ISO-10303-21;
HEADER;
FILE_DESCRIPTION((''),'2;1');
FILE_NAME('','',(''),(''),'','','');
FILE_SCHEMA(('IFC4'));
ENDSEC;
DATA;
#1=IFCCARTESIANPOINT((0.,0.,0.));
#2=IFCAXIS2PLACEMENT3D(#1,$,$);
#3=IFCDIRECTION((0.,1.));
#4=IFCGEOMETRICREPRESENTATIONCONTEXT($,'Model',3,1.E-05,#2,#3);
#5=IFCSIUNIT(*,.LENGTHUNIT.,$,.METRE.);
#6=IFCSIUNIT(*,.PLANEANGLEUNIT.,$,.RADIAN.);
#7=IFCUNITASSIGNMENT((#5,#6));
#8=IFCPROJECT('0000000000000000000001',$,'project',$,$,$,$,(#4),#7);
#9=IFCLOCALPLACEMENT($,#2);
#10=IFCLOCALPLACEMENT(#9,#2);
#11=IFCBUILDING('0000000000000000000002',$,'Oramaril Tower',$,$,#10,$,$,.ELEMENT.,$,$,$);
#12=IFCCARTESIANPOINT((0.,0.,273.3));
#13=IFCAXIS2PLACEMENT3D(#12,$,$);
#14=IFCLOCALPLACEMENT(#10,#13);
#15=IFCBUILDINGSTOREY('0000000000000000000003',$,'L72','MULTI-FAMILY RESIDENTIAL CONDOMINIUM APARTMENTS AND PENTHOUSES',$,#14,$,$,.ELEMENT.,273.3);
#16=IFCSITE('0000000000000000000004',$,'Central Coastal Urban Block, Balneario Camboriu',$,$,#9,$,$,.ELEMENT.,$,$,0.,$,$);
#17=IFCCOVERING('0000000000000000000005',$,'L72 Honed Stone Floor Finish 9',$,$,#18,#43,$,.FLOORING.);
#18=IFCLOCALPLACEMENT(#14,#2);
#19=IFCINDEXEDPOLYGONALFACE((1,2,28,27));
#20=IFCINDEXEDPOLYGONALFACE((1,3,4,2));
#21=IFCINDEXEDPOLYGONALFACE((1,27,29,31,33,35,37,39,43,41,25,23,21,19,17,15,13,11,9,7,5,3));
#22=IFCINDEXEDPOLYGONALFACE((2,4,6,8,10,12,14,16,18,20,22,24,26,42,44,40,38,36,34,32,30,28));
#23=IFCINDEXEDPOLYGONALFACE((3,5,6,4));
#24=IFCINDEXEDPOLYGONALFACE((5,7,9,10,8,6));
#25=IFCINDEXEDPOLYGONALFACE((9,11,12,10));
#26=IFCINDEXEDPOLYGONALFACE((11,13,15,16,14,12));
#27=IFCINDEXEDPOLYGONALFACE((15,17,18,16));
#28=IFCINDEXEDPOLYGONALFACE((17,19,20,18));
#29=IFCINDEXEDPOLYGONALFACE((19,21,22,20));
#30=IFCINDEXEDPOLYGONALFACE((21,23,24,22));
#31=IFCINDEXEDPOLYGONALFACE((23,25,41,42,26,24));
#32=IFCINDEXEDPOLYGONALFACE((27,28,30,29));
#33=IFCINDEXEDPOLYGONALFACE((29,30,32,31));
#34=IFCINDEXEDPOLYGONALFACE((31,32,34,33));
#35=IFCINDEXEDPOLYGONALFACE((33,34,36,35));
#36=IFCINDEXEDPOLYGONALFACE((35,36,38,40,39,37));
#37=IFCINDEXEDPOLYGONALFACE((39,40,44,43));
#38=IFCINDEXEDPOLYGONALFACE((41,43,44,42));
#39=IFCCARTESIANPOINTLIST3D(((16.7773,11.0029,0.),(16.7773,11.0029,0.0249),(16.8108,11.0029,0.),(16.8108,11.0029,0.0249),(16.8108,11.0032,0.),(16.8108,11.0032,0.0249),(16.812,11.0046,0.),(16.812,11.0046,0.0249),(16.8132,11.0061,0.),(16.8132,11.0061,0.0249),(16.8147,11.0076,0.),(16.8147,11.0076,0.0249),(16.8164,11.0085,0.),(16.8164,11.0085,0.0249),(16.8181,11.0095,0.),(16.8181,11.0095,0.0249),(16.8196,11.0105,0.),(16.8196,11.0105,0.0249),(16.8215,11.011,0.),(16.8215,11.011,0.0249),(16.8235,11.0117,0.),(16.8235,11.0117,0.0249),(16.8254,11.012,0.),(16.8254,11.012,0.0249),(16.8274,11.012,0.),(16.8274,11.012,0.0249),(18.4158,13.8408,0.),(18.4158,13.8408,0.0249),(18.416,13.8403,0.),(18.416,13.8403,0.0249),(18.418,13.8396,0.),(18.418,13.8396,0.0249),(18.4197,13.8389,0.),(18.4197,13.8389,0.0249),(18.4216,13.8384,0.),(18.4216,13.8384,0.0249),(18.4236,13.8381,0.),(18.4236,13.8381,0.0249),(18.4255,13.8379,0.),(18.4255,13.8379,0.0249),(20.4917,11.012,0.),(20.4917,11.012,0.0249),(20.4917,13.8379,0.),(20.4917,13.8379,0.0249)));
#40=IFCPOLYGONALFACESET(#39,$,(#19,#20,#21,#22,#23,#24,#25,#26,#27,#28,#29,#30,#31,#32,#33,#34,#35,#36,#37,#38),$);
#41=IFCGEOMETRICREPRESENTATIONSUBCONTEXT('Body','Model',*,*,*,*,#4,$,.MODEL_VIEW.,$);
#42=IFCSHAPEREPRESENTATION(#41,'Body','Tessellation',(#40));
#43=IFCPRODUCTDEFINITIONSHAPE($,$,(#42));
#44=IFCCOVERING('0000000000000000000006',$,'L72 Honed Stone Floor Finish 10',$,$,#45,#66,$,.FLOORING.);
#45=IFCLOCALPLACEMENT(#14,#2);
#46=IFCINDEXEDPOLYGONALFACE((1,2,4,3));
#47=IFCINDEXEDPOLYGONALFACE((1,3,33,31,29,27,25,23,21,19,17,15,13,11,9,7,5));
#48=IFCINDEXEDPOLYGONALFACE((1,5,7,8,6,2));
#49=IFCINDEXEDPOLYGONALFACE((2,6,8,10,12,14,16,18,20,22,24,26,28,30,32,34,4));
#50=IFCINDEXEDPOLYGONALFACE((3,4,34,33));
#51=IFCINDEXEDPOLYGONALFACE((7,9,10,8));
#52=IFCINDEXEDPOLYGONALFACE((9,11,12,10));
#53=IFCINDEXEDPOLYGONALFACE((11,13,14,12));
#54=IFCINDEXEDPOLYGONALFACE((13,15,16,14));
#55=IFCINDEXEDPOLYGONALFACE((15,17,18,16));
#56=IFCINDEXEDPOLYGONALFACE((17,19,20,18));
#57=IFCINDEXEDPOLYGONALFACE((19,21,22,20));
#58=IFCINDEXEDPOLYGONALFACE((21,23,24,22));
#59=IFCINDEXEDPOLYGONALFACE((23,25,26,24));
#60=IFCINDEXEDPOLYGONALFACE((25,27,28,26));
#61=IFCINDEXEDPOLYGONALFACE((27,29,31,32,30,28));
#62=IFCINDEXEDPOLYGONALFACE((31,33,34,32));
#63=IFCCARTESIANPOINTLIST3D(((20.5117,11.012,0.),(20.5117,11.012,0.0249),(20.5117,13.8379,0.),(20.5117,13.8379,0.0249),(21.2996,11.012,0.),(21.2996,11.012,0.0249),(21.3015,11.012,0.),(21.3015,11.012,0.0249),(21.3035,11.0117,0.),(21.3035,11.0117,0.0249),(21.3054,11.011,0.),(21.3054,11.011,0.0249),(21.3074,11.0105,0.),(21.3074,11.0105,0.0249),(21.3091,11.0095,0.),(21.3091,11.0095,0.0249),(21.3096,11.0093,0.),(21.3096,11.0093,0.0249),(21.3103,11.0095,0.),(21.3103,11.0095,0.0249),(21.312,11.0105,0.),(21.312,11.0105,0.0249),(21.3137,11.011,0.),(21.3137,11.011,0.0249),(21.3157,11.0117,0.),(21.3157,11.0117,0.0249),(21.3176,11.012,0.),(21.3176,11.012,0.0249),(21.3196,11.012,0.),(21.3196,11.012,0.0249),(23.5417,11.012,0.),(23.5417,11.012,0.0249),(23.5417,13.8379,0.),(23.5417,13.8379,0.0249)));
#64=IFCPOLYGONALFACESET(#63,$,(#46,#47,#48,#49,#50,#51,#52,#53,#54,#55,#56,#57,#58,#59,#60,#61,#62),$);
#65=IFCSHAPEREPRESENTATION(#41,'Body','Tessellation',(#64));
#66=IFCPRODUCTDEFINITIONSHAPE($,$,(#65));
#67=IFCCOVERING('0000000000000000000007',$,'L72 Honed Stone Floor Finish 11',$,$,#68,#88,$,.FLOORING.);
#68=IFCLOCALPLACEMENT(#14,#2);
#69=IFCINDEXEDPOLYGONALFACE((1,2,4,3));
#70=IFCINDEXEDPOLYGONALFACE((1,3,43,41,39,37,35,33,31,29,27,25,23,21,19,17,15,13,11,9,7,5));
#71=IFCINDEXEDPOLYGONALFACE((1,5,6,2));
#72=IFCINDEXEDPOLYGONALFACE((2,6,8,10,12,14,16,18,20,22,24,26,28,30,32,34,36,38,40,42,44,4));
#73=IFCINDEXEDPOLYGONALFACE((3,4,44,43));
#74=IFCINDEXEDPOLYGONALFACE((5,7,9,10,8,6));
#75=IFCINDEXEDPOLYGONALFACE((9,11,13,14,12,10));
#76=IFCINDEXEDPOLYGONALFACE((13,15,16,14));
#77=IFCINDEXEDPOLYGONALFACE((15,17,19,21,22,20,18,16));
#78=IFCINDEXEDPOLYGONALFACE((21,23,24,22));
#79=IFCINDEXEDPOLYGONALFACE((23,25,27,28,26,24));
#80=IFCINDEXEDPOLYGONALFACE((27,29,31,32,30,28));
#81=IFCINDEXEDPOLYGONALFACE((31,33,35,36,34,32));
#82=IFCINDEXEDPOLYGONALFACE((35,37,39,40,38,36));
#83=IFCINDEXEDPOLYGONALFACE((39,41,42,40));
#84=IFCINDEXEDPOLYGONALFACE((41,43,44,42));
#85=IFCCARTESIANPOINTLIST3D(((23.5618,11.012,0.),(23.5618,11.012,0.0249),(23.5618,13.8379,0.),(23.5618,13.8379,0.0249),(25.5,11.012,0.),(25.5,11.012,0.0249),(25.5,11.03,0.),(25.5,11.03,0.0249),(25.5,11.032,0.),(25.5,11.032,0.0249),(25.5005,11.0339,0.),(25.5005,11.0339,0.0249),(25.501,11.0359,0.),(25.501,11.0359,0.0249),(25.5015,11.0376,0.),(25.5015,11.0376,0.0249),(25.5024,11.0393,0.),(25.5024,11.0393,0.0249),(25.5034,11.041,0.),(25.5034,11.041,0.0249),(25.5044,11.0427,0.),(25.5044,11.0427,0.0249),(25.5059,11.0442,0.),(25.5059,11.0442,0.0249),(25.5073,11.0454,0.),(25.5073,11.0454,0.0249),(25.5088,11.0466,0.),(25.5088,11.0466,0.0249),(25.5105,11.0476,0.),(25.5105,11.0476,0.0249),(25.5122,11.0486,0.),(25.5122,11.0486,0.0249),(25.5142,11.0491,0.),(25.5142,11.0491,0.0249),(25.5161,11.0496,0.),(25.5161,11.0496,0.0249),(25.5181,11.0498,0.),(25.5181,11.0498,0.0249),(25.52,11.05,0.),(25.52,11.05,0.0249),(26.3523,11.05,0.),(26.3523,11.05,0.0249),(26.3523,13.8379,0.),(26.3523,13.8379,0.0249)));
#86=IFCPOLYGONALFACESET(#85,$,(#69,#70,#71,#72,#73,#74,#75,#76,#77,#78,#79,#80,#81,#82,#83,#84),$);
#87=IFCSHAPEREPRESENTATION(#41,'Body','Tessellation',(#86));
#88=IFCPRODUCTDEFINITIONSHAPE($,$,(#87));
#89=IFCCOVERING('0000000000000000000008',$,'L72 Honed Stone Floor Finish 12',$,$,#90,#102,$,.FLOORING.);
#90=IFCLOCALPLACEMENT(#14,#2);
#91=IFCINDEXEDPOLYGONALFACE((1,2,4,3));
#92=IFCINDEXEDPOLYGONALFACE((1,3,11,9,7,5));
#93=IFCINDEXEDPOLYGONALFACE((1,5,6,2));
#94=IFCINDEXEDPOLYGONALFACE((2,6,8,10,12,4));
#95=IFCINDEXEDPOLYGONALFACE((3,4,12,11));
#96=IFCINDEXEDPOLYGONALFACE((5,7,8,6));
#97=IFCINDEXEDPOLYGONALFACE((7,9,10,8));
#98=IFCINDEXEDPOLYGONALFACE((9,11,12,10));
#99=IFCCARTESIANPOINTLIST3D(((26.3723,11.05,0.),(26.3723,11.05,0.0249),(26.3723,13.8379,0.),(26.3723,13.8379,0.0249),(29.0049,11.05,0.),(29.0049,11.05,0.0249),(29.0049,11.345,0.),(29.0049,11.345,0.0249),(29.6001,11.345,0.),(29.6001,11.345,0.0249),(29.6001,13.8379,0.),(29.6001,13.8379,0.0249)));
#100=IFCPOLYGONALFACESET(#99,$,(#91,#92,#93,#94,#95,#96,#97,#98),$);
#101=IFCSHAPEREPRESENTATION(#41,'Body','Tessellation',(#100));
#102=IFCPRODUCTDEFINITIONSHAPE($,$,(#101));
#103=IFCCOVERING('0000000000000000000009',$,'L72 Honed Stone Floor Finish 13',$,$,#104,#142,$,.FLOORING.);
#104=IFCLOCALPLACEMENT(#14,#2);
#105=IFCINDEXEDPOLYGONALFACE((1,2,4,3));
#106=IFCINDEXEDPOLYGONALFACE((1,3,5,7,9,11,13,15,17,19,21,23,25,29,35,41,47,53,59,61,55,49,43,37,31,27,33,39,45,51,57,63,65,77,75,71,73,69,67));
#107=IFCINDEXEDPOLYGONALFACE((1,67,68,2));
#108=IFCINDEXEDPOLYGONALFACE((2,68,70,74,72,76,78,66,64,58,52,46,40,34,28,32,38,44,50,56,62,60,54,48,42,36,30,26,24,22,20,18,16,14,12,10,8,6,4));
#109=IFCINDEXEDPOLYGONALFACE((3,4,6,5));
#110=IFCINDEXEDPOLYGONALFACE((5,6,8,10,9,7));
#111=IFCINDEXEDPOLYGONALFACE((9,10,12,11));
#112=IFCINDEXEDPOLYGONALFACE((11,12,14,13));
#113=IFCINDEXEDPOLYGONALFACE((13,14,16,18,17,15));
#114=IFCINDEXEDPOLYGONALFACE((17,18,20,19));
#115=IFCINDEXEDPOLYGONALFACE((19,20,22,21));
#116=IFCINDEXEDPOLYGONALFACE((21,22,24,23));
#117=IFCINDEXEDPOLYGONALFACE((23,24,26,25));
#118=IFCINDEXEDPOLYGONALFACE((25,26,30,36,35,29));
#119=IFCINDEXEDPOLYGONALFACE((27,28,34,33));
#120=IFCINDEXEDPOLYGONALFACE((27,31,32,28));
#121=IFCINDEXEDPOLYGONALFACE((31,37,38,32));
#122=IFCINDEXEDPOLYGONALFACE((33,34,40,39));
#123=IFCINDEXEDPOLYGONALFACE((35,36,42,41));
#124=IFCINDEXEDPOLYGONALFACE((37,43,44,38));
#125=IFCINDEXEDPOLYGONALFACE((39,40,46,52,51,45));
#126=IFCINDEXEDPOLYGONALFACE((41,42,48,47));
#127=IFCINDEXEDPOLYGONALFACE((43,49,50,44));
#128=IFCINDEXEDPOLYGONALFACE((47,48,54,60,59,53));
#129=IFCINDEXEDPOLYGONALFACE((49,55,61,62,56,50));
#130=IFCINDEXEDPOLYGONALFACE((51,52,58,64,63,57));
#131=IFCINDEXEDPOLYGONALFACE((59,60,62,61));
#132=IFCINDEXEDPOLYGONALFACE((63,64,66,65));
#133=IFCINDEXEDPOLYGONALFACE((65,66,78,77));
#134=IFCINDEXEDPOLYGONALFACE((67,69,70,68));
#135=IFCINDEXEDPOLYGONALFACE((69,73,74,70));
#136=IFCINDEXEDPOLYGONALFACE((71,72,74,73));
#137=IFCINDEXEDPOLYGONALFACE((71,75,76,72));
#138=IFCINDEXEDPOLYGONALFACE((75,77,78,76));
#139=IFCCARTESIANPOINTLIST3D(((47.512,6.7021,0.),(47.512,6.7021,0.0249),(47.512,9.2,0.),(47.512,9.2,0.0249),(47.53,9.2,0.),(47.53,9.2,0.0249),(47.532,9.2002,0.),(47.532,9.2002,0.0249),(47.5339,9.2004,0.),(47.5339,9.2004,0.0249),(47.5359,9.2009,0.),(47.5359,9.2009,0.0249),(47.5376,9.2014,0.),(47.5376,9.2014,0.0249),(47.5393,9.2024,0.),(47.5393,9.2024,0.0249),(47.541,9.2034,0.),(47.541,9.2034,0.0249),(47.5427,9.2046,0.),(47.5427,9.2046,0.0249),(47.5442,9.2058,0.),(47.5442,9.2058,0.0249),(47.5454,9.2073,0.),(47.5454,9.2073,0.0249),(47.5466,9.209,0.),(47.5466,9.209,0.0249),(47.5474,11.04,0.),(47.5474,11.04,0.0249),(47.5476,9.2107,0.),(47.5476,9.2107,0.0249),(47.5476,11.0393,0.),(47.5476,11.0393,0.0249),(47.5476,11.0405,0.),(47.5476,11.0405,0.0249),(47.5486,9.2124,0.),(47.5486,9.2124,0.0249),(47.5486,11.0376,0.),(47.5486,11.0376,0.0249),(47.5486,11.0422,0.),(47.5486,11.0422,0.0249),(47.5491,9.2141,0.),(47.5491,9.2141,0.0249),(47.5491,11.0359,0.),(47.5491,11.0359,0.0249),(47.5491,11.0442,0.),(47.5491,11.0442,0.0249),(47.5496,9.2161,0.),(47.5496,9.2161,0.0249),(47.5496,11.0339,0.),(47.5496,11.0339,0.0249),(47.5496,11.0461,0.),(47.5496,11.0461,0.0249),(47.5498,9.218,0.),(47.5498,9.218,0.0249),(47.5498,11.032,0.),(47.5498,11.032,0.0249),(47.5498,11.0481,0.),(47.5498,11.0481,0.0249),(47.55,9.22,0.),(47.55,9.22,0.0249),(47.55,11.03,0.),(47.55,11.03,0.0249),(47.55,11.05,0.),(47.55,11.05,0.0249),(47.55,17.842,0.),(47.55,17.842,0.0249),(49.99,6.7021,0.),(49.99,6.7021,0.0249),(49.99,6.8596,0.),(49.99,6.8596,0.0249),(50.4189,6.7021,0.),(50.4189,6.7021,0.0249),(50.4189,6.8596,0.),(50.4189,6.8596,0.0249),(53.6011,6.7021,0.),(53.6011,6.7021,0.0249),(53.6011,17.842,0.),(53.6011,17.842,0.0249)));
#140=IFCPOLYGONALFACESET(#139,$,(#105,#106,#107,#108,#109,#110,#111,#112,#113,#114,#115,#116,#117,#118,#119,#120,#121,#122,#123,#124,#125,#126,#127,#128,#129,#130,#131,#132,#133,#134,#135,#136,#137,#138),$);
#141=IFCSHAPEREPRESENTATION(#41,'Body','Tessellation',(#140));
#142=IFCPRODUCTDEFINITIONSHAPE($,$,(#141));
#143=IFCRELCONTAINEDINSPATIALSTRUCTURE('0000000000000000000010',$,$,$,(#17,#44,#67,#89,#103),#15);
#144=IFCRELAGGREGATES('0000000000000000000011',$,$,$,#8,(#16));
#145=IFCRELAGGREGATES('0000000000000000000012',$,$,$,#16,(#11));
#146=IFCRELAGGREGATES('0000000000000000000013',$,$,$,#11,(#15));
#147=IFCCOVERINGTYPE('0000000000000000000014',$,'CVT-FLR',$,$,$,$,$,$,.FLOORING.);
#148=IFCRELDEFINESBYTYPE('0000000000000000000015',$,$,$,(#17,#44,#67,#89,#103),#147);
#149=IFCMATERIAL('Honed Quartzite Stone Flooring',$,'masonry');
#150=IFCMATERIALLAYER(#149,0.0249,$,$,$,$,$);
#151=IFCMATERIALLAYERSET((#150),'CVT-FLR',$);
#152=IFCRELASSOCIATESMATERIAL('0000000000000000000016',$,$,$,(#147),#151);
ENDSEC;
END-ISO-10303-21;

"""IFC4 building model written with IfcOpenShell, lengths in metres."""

from ifc_helpers import new_model, si_unit, direction, frame, origin, place, context, subcontext, project, spatial, polyline, outline, extrude, material, layer, layer_set, type_object, element, save


model = new_model("IFC4")

# Units and contexts
model_context = context("Model", 3, precision=1e-05, world=origin(), true_north=direction((0.0, 1.0)))
body_context = subcontext(model_context, "Body", "Model", "MODEL_VIEW")
ifc_project = project(units=[si_unit("LENGTHUNIT", "METRE"), si_unit("PLANEANGLEUNIT", "RADIAN")], contexts=[model_context])

# Site, building, storey
site_placement = place(None, origin())
site = spatial("IfcSite", under=ifc_project, at=site_placement, Name="Central Coastal Urban Block, Balneario Camboriu", CompositionType="ELEMENT", RefElevation=0.0)
building_placement = place(site_placement, origin())
building = spatial("IfcBuilding", under=site, at=building_placement, Name="Oramaril Tower", CompositionType="ELEMENT")
storey_placement = place(building_placement, frame((0.0, 0.0, 273.3)))
storey = spatial("IfcBuildingStorey", under=building, at=storey_placement, Name="L72", Description="MULTI-FAMILY RESIDENTIAL CONDOMINIUM APARTMENTS AND PENTHOUSES", CompositionType="ELEMENT", Elevation=273.3)

# Coverings
ifc_material_1 = material(Name="Honed Quartzite Stone Flooring", Category="masonry")
ifc_layer_1 = layer(ifc_material_1, 0.0249)
ifc_layer_set_1 = layer_set([ifc_layer_1], Name="CVT-FLR")
covering_type_1 = type_object("IfcCoveringType", Name="CVT-FLR", PredefinedType="FLOORING", material=ifc_layer_set_1)
covering_1_placement = place(storey_placement, origin())
element("IfcCovering", 1, at=covering_1_placement, inside=storey, type_object=covering_type_1, Name="L72 Honed Stone Floor Finish 9", PredefinedType="FLOORING", context=body_context, shape_type="SweptSolid", body=[
    extrude(outline(polyline([(20.4917, 11.012), (16.8274, 11.012), (16.8254, 11.012), (16.8235, 11.0117), (16.8215, 11.011), (16.8196, 11.0105), (16.8181, 11.0095), (16.8164, 11.0085), (16.8147, 11.0076), (16.8132, 11.0061), (16.812, 11.0046), (16.8108, 11.0032), (16.8108, 11.0029), (16.7773, 11.0029), (18.4158, 13.8408), (18.416, 13.8403), (18.418, 13.8396), (18.4197, 13.8389), (18.4216, 13.8384), (18.4236, 13.8381), (18.4255, 13.8379), (20.4917, 13.8379), (20.4917, 11.012)])), origin(), (0.0, 0.0, 1.0), 0.0249),
])
covering_2_placement = place(storey_placement, origin())
element("IfcCovering", 2, at=covering_2_placement, inside=storey, type_object=covering_type_1, Name="L72 Honed Stone Floor Finish 10", PredefinedType="FLOORING", context=body_context, shape_type="SweptSolid", body=[
    extrude(outline(polyline([(23.5417, 11.012), (21.3196, 11.012), (21.3176, 11.012), (21.3157, 11.0117), (21.3137, 11.011), (21.312, 11.0105), (21.3103, 11.0095), (21.3096, 11.0093), (21.3091, 11.0095), (21.3074, 11.0105), (21.3054, 11.011), (21.3035, 11.0117), (21.3015, 11.012), (21.2996, 11.012), (20.5117, 11.012), (20.5117, 13.8379), (23.5417, 13.8379), (23.5417, 11.012)])), origin(), (0.0, 0.0, 1.0), 0.0249),
])
covering_3_placement = place(storey_placement, origin())
element("IfcCovering", 3, at=covering_3_placement, inside=storey, type_object=covering_type_1, Name="L72 Honed Stone Floor Finish 11", PredefinedType="FLOORING", context=body_context, shape_type="SweptSolid", body=[
    extrude(outline(polyline([(26.3523, 11.05), (25.52, 11.05), (25.5181, 11.0498), (25.5161, 11.0496), (25.5142, 11.0491), (25.5122, 11.0486), (25.5105, 11.0476), (25.5088, 11.0466), (25.5073, 11.0454), (25.5059, 11.0442), (25.5044, 11.0427), (25.5034, 11.041), (25.5024, 11.0393), (25.5015, 11.0376), (25.501, 11.0359), (25.5005, 11.0339), (25.5, 11.032), (25.5, 11.03), (25.5, 11.012), (23.5618, 11.012), (23.5618, 13.8379), (26.3523, 13.8379), (26.3523, 11.05)])), origin(), (0.0, 0.0, 1.0), 0.0249),
])
covering_4_placement = place(storey_placement, origin())
element("IfcCovering", 4, at=covering_4_placement, inside=storey, type_object=covering_type_1, Name="L72 Honed Stone Floor Finish 12", PredefinedType="FLOORING", context=body_context, shape_type="SweptSolid", body=[
    extrude(outline(polyline([(29.6001, 11.345), (29.0049, 11.345), (29.0049, 11.05), (26.3723, 11.05), (26.3723, 13.8379), (29.6001, 13.8379), (29.6001, 11.345)])), origin(), (0.0, 0.0, 1.0), 0.0249),
])
covering_5_placement = place(storey_placement, origin())
element("IfcCovering", 5, at=covering_5_placement, inside=storey, type_object=covering_type_1, Name="L72 Honed Stone Floor Finish 13", PredefinedType="FLOORING", context=body_context, shape_type="SweptSolid", body=[
    extrude(outline(polyline([(53.6011, 17.842), (53.6011, 6.7021), (50.4189, 6.7021), (50.4189, 6.8596), (49.99, 6.8596), (49.99, 6.7021), (47.512, 6.7021), (47.512, 9.2), (47.53, 9.2), (47.532, 9.2002), (47.5339, 9.2004), (47.5359, 9.2009), (47.5376, 9.2014), (47.5393, 9.2024), (47.541, 9.2034), (47.5427, 9.2046), (47.5442, 9.2058), (47.5454, 9.2073), (47.5466, 9.209), (47.5476, 9.2107), (47.5486, 9.2124), (47.5491, 9.2141), (47.5496, 9.2161), (47.5498, 9.218), (47.55, 9.22), (47.55, 11.03), (47.5498, 11.032), (47.5496, 11.0339), (47.5491, 11.0359), (47.5486, 11.0376), (47.5476, 11.0393), (47.5474, 11.04), (47.5476, 11.0405), (47.5486, 11.0422), (47.5491, 11.0442), (47.5496, 11.0461), (47.5498, 11.0481), (47.55, 11.05), (47.55, 17.842), (53.6011, 17.842)])), origin(), (0.0, 0.0, 1.0), 0.0249),
])

save(model, "model.ifc")
